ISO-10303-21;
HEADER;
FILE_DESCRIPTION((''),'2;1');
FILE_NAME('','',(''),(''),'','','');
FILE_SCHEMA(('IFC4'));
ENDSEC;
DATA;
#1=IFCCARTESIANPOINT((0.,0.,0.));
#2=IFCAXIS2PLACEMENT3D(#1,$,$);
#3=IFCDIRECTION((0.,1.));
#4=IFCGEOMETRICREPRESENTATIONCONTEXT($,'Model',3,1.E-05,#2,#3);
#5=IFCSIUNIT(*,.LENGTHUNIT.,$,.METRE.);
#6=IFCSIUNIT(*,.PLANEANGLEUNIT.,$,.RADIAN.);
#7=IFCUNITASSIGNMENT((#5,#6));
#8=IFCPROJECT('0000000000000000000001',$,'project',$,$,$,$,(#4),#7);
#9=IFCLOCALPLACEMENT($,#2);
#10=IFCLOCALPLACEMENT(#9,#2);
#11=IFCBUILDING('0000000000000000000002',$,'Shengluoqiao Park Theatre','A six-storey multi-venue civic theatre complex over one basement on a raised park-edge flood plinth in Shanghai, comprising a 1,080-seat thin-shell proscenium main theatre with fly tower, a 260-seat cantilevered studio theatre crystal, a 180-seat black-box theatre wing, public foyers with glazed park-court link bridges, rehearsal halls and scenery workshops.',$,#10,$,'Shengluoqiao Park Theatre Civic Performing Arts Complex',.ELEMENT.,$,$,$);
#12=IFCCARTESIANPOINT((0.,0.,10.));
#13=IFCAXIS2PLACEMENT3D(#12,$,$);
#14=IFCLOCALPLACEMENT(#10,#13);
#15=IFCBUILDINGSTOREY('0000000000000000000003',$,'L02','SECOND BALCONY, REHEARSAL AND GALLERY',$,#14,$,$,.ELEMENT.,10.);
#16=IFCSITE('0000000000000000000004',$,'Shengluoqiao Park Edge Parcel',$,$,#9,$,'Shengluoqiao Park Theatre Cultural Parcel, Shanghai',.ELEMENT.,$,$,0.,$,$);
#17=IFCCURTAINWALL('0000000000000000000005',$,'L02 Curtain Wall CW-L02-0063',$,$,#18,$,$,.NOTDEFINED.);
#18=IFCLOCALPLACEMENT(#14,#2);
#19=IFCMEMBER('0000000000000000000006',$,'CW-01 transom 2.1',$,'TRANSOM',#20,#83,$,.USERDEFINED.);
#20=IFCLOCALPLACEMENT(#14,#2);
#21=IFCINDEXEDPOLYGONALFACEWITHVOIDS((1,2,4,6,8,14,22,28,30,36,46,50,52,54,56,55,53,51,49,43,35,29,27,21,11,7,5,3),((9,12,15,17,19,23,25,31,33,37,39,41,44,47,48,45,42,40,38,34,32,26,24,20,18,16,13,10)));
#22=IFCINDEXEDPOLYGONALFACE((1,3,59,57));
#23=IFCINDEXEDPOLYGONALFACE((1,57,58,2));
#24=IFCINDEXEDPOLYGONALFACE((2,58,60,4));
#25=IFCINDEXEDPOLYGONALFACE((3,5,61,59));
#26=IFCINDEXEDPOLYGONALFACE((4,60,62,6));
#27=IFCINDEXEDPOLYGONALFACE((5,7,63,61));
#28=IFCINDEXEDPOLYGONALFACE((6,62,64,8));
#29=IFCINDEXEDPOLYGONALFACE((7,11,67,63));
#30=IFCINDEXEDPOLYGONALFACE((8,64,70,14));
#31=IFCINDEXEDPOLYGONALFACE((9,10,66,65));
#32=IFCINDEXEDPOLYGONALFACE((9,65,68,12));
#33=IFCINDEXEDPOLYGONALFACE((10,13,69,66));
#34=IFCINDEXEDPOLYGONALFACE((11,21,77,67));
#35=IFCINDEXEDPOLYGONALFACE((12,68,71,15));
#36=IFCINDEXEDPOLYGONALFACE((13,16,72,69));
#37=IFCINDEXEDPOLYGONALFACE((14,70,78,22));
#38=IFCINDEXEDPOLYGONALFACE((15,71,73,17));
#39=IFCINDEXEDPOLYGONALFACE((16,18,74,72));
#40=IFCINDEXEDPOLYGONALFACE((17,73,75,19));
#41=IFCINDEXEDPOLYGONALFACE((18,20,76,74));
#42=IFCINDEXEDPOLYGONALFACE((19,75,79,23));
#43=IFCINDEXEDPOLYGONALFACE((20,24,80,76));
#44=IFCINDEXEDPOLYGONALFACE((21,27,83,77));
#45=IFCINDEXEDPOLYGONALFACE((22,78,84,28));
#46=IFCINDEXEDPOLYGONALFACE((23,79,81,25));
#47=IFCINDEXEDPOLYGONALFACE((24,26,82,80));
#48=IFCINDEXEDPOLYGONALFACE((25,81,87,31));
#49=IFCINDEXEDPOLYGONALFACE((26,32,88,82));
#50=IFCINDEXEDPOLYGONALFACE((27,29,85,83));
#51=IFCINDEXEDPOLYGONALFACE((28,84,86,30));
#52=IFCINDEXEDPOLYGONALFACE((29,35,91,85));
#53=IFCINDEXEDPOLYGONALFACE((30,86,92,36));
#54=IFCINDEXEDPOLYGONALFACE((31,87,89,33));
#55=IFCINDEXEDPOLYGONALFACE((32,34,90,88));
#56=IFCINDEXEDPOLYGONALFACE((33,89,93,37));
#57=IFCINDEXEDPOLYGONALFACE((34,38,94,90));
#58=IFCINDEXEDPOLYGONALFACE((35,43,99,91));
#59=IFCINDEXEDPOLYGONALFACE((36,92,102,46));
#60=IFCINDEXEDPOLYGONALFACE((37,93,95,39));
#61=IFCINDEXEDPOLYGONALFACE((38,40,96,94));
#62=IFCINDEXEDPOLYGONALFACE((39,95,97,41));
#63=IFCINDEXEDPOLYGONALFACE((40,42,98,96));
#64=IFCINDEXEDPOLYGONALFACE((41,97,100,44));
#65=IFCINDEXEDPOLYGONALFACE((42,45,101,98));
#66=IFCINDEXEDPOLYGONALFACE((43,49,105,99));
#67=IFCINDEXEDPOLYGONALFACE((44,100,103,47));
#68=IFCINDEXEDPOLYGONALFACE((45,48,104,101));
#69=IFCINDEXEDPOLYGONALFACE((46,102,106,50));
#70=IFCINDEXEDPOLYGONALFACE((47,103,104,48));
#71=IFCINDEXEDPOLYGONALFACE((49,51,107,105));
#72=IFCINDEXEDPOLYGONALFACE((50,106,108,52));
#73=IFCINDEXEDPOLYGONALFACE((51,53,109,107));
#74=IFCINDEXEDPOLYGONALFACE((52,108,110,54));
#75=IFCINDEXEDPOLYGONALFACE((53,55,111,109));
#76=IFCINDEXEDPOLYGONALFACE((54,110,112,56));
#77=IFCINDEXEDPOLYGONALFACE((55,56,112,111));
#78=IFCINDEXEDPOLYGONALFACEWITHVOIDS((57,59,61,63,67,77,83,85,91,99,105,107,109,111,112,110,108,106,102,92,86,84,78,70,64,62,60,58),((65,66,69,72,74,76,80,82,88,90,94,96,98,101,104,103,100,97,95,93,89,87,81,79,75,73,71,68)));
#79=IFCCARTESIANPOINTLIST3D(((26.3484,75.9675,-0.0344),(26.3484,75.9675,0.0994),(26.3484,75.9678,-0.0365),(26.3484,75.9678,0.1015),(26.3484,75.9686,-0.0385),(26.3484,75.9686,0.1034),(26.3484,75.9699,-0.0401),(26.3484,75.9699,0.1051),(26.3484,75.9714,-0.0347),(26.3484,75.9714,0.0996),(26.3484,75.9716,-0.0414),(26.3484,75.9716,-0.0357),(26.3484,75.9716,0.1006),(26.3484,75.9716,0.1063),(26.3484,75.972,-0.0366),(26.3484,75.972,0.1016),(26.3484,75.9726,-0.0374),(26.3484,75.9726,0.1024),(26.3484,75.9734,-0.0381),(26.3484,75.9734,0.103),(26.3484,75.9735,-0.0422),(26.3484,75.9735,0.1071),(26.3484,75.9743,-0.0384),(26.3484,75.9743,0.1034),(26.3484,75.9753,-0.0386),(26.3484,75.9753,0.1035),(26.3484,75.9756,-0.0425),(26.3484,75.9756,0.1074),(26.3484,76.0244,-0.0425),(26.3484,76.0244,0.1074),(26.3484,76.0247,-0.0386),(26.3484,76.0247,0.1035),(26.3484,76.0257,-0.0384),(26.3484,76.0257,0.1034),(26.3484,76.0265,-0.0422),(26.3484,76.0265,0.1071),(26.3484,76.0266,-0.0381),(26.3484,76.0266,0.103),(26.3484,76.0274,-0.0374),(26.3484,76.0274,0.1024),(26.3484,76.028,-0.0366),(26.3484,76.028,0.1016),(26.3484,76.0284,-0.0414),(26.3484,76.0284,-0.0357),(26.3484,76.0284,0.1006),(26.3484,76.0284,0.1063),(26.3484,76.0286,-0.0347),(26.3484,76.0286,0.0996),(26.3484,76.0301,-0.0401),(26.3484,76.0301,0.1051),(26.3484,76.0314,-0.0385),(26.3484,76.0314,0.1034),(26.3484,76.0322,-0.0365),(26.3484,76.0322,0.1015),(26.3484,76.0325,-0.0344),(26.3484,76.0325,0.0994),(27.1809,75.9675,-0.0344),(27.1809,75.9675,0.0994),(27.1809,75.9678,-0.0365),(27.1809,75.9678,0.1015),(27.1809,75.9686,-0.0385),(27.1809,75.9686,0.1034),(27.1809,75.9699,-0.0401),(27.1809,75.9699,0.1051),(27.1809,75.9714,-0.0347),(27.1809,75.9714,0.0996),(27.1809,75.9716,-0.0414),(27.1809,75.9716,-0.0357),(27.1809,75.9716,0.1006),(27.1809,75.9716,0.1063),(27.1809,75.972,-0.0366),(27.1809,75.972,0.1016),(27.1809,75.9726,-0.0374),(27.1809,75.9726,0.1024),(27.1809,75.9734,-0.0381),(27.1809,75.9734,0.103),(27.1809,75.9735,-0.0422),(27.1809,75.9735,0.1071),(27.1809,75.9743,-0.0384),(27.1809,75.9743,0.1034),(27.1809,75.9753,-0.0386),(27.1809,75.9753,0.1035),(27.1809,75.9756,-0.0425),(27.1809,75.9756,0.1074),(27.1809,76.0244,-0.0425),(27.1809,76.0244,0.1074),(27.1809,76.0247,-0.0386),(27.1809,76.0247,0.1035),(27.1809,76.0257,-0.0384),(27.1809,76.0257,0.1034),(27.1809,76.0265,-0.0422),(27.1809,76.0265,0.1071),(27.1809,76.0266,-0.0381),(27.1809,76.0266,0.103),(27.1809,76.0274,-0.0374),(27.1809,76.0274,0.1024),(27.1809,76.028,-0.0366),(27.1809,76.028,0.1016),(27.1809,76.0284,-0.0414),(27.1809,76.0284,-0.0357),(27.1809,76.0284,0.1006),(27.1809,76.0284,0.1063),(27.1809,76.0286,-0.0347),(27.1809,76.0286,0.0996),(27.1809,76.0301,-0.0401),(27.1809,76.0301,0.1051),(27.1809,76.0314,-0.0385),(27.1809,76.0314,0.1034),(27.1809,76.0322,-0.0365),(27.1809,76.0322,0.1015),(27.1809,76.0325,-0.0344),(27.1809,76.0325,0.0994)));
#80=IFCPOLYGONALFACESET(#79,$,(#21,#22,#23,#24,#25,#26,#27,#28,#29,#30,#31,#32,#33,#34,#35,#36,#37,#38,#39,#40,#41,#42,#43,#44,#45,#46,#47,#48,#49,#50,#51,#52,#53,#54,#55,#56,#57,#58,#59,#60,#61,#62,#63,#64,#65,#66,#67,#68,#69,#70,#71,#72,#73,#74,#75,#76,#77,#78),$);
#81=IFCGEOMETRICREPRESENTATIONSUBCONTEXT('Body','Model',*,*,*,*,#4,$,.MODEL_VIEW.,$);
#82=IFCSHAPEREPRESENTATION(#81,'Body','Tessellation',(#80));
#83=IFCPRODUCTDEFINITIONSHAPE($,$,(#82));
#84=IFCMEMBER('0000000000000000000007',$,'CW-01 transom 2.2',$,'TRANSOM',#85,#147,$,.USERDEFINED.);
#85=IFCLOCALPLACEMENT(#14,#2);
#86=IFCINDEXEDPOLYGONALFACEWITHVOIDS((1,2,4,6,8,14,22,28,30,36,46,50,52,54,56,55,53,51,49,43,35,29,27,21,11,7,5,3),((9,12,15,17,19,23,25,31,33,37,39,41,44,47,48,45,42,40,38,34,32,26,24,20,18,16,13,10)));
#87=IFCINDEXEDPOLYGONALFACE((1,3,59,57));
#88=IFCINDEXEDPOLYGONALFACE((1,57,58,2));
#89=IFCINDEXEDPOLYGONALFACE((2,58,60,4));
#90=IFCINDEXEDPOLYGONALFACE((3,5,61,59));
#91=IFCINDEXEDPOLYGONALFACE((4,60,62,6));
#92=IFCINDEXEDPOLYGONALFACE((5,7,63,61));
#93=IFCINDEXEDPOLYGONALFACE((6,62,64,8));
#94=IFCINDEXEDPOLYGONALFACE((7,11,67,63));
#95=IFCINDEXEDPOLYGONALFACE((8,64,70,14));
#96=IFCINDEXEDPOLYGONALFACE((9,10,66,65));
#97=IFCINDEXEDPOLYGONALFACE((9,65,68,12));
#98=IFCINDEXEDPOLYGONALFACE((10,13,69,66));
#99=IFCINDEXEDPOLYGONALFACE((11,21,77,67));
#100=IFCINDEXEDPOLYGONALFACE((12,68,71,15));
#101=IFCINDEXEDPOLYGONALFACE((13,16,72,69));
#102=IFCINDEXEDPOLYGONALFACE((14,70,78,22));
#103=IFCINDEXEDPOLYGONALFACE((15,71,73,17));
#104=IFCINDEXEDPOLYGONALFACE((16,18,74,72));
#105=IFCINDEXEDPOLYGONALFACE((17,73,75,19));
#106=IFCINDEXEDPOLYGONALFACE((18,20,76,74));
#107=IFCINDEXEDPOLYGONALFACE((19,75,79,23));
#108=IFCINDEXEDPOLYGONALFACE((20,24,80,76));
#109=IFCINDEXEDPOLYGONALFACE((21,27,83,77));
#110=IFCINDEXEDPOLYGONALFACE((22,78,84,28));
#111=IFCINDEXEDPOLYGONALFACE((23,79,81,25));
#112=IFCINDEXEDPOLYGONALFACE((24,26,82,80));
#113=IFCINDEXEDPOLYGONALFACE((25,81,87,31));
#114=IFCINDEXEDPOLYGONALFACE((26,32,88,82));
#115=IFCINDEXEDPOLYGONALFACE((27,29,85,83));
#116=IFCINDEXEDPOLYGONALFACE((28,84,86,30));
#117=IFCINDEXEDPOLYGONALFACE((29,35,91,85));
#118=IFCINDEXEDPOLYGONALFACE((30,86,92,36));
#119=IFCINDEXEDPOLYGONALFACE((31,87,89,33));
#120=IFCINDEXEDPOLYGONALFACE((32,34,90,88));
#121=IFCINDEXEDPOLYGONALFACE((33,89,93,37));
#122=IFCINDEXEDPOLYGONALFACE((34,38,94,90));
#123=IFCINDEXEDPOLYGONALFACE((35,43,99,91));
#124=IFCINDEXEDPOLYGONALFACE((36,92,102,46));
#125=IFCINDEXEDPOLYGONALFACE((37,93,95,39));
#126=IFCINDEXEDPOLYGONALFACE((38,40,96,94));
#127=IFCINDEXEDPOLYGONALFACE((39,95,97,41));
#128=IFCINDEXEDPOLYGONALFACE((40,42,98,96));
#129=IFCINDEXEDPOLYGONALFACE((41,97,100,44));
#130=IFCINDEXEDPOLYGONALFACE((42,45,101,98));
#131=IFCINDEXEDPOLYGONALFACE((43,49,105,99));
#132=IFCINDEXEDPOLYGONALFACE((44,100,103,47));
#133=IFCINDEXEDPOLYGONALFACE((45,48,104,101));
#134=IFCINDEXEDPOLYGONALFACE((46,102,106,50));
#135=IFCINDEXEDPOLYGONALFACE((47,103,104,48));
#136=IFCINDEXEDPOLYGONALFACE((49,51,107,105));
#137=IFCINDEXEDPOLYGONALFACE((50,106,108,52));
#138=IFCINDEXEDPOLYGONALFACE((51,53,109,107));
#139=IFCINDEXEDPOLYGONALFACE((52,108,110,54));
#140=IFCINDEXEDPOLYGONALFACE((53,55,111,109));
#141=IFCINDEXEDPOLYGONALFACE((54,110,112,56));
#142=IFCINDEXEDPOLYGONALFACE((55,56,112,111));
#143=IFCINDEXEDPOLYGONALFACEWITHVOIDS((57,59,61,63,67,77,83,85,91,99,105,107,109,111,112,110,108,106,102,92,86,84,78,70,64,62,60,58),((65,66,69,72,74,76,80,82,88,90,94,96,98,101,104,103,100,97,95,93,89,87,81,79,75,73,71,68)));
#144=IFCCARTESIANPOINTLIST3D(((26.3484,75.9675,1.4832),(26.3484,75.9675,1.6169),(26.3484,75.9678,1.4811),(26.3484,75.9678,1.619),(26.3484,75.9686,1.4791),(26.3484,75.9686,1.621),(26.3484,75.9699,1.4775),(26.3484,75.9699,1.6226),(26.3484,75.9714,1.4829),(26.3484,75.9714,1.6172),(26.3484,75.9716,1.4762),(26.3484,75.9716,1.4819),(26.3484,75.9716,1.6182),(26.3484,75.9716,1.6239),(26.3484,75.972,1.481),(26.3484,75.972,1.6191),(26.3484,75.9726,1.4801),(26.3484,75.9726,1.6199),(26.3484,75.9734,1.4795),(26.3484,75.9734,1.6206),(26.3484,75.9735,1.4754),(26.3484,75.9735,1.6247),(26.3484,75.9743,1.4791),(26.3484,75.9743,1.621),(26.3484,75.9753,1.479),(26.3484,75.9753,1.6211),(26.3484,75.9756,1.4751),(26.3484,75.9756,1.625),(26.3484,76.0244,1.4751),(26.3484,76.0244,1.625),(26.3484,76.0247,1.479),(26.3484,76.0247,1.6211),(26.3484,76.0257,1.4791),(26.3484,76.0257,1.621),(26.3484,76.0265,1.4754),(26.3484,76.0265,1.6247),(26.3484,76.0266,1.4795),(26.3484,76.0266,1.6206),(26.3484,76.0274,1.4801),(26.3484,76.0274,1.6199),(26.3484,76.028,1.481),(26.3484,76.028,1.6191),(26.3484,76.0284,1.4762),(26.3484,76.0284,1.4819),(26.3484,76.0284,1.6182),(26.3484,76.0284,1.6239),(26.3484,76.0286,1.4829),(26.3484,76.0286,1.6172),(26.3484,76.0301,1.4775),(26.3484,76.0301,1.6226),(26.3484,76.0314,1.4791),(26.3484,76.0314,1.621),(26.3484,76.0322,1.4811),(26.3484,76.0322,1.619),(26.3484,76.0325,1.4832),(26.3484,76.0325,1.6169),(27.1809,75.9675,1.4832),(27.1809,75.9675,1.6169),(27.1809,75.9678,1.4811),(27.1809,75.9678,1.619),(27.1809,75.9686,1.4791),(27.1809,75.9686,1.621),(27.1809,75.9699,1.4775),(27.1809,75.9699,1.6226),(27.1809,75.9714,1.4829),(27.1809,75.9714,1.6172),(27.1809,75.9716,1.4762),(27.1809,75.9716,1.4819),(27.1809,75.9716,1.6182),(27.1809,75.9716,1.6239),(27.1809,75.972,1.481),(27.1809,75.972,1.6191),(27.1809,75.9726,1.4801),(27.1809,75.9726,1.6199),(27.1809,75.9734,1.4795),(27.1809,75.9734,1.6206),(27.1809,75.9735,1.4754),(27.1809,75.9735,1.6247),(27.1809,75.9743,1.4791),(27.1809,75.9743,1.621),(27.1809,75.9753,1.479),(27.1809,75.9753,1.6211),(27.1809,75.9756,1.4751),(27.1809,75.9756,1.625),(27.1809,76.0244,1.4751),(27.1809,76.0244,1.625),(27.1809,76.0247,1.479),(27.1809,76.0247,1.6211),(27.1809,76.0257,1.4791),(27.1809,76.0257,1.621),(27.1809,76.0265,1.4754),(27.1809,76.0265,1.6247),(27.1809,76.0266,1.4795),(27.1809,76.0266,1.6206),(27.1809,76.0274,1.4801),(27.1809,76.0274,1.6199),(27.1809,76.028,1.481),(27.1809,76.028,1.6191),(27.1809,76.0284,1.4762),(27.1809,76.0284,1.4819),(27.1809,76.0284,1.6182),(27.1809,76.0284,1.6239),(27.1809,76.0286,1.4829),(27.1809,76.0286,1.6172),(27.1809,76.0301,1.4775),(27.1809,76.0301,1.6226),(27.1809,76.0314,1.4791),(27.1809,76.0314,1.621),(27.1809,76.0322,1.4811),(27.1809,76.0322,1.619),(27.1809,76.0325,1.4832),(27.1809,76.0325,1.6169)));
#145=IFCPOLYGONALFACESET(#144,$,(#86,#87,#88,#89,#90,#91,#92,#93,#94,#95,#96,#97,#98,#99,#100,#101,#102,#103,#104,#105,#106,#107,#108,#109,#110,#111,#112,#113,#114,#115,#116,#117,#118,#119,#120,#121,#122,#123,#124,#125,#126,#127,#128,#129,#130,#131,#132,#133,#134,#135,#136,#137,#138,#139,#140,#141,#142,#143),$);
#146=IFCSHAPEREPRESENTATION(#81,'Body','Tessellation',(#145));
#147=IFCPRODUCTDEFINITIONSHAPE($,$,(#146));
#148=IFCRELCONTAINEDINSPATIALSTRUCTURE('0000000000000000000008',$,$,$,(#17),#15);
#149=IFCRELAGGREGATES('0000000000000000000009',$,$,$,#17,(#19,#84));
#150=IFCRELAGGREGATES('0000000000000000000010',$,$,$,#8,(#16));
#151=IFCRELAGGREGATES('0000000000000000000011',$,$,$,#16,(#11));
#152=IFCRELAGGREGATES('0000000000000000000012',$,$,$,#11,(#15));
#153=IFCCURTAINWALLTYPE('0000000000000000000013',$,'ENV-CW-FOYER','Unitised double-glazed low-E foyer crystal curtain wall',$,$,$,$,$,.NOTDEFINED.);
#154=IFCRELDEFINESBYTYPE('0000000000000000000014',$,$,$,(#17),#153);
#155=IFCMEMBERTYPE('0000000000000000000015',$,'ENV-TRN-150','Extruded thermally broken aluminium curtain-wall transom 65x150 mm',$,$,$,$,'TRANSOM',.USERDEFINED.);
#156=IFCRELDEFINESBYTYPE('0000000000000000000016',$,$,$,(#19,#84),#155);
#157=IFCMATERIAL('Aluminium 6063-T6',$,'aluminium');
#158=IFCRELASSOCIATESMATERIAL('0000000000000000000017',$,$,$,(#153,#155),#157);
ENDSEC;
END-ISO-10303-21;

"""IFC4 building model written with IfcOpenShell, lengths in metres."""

from ifc_helpers import new_model, si_unit, direction, frame, origin, origin_2d, place, context, subcontext, project, spatial, hollow_rectangle, extrude, material, material_profile, profile_set, type_object, element, aggregate, save


model = new_model("IFC4")

# Units and contexts
model_context = context("Model", 3, precision=1e-05, world=origin(), true_north=direction((0.0, 1.0)))
body_context = subcontext(model_context, "Body", "Model", "MODEL_VIEW")
ifc_project = project(units=[si_unit("LENGTHUNIT", "METRE"), si_unit("PLANEANGLEUNIT", "RADIAN")], contexts=[model_context])

# Site, building, storey
site_placement = place(None, origin())
site = spatial("IfcSite", under=ifc_project, at=site_placement, Name="Shengluoqiao Park Edge Parcel", LongName="Shengluoqiao Park Theatre Cultural Parcel, Shanghai", CompositionType="ELEMENT", RefElevation=0.0)
building_placement = place(site_placement, origin())
building = spatial("IfcBuilding", under=site, at=building_placement, Name="Shengluoqiao Park Theatre", Description="A six-storey multi-venue civic theatre complex over one basement on a raised park-edge flood plinth in Shanghai, comprising a 1,080-seat thin-shell proscenium main theatre with fly tower, a 260-seat cantilevered studio theatre crystal, a 180-seat black-box theatre wing, public foyers with glazed park-court link bridges, rehearsal halls and scenery workshops.", LongName="Shengluoqiao Park Theatre Civic Performing Arts Complex", CompositionType="ELEMENT")
storey_placement = place(building_placement, frame((0.0, 0.0, 10.0)))
storey = spatial("IfcBuildingStorey", under=building, at=storey_placement, Name="L02", Description="SECOND BALCONY, REHEARSAL AND GALLERY", CompositionType="ELEMENT", Elevation=10.0)

# Curtain wall
ifc_material_1 = material(Name="Aluminium 6063-T6", Category="aluminium")
curtain_wall_type = type_object("IfcCurtainWallType", Name="ENV-CW-FOYER", Description="Unitised double-glazed low-E foyer crystal curtain wall", PredefinedType="NOTDEFINED", material=ifc_material_1)
curtain_wall_1_placement = place(storey_placement, origin())
curtain_wall_1 = element("IfcCurtainWall", 1, at=curtain_wall_1_placement, inside=storey, type_object=curtain_wall_type, Name="L02 Curtain Wall CW-L02-0063", PredefinedType="NOTDEFINED")

# Members
ifc_material_profile_1 = material_profile(ifc_material_1, hollow_rectangle(XDim=0.0649, YDim=0.1499, WallThickness=0.0039, InnerFilletRadius=0.0039, OuterFilletRadius=0.0081, at=origin_2d()), Name="ALU TRANSOM 150x65x4")
ifc_profile_set_1 = profile_set([ifc_material_profile_1], Name="Aluminium 6063-T6")
member_type_1 = type_object("IfcMemberType", Name="ENV-TRN-150", Description="Extruded thermally broken aluminium curtain-wall transom 65x150 mm", ElementType="TRANSOM", PredefinedType="USERDEFINED", material=ifc_profile_set_1)
member_1_placement = place(storey_placement, frame((26.3484, 76.0, 0.0325), z_axis=(1.0, 0.0, 0.0), x_axis=(0.0, 1.0, 0.0)))
member_1 = element("IfcMember", 2, at=member_1_placement, type_object=member_type_1, Name="CW-01 transom 2.1", ObjectType="TRANSOM", PredefinedType="USERDEFINED", context=body_context, shape_type="SweptSolid", body=[
    extrude(hollow_rectangle(XDim=0.0649, YDim=0.1499, WallThickness=0.0039, InnerFilletRadius=0.0039, OuterFilletRadius=0.0081, at=origin_2d()), origin(), (0.0, 0.0, 1.0), 0.8325),
])
member_2_placement = place(storey_placement, frame((26.3484, 76.0, 1.55), z_axis=(1.0, 0.0, 0.0), x_axis=(0.0, 1.0, 0.0)))
member_2 = element("IfcMember", 3, at=member_2_placement, type_object=member_type_1, Name="CW-01 transom 2.2", ObjectType="TRANSOM", PredefinedType="USERDEFINED", context=body_context, shape_type="SweptSolid", body=[
    extrude(hollow_rectangle(XDim=0.0649, YDim=0.1499, WallThickness=0.0039, InnerFilletRadius=0.0039, OuterFilletRadius=0.0081, at=origin_2d()), origin(), (0.0, 0.0, 1.0), 0.8325),
])

aggregate(curtain_wall_1, [member_1, member_2])

save(model, "model.ifc")
